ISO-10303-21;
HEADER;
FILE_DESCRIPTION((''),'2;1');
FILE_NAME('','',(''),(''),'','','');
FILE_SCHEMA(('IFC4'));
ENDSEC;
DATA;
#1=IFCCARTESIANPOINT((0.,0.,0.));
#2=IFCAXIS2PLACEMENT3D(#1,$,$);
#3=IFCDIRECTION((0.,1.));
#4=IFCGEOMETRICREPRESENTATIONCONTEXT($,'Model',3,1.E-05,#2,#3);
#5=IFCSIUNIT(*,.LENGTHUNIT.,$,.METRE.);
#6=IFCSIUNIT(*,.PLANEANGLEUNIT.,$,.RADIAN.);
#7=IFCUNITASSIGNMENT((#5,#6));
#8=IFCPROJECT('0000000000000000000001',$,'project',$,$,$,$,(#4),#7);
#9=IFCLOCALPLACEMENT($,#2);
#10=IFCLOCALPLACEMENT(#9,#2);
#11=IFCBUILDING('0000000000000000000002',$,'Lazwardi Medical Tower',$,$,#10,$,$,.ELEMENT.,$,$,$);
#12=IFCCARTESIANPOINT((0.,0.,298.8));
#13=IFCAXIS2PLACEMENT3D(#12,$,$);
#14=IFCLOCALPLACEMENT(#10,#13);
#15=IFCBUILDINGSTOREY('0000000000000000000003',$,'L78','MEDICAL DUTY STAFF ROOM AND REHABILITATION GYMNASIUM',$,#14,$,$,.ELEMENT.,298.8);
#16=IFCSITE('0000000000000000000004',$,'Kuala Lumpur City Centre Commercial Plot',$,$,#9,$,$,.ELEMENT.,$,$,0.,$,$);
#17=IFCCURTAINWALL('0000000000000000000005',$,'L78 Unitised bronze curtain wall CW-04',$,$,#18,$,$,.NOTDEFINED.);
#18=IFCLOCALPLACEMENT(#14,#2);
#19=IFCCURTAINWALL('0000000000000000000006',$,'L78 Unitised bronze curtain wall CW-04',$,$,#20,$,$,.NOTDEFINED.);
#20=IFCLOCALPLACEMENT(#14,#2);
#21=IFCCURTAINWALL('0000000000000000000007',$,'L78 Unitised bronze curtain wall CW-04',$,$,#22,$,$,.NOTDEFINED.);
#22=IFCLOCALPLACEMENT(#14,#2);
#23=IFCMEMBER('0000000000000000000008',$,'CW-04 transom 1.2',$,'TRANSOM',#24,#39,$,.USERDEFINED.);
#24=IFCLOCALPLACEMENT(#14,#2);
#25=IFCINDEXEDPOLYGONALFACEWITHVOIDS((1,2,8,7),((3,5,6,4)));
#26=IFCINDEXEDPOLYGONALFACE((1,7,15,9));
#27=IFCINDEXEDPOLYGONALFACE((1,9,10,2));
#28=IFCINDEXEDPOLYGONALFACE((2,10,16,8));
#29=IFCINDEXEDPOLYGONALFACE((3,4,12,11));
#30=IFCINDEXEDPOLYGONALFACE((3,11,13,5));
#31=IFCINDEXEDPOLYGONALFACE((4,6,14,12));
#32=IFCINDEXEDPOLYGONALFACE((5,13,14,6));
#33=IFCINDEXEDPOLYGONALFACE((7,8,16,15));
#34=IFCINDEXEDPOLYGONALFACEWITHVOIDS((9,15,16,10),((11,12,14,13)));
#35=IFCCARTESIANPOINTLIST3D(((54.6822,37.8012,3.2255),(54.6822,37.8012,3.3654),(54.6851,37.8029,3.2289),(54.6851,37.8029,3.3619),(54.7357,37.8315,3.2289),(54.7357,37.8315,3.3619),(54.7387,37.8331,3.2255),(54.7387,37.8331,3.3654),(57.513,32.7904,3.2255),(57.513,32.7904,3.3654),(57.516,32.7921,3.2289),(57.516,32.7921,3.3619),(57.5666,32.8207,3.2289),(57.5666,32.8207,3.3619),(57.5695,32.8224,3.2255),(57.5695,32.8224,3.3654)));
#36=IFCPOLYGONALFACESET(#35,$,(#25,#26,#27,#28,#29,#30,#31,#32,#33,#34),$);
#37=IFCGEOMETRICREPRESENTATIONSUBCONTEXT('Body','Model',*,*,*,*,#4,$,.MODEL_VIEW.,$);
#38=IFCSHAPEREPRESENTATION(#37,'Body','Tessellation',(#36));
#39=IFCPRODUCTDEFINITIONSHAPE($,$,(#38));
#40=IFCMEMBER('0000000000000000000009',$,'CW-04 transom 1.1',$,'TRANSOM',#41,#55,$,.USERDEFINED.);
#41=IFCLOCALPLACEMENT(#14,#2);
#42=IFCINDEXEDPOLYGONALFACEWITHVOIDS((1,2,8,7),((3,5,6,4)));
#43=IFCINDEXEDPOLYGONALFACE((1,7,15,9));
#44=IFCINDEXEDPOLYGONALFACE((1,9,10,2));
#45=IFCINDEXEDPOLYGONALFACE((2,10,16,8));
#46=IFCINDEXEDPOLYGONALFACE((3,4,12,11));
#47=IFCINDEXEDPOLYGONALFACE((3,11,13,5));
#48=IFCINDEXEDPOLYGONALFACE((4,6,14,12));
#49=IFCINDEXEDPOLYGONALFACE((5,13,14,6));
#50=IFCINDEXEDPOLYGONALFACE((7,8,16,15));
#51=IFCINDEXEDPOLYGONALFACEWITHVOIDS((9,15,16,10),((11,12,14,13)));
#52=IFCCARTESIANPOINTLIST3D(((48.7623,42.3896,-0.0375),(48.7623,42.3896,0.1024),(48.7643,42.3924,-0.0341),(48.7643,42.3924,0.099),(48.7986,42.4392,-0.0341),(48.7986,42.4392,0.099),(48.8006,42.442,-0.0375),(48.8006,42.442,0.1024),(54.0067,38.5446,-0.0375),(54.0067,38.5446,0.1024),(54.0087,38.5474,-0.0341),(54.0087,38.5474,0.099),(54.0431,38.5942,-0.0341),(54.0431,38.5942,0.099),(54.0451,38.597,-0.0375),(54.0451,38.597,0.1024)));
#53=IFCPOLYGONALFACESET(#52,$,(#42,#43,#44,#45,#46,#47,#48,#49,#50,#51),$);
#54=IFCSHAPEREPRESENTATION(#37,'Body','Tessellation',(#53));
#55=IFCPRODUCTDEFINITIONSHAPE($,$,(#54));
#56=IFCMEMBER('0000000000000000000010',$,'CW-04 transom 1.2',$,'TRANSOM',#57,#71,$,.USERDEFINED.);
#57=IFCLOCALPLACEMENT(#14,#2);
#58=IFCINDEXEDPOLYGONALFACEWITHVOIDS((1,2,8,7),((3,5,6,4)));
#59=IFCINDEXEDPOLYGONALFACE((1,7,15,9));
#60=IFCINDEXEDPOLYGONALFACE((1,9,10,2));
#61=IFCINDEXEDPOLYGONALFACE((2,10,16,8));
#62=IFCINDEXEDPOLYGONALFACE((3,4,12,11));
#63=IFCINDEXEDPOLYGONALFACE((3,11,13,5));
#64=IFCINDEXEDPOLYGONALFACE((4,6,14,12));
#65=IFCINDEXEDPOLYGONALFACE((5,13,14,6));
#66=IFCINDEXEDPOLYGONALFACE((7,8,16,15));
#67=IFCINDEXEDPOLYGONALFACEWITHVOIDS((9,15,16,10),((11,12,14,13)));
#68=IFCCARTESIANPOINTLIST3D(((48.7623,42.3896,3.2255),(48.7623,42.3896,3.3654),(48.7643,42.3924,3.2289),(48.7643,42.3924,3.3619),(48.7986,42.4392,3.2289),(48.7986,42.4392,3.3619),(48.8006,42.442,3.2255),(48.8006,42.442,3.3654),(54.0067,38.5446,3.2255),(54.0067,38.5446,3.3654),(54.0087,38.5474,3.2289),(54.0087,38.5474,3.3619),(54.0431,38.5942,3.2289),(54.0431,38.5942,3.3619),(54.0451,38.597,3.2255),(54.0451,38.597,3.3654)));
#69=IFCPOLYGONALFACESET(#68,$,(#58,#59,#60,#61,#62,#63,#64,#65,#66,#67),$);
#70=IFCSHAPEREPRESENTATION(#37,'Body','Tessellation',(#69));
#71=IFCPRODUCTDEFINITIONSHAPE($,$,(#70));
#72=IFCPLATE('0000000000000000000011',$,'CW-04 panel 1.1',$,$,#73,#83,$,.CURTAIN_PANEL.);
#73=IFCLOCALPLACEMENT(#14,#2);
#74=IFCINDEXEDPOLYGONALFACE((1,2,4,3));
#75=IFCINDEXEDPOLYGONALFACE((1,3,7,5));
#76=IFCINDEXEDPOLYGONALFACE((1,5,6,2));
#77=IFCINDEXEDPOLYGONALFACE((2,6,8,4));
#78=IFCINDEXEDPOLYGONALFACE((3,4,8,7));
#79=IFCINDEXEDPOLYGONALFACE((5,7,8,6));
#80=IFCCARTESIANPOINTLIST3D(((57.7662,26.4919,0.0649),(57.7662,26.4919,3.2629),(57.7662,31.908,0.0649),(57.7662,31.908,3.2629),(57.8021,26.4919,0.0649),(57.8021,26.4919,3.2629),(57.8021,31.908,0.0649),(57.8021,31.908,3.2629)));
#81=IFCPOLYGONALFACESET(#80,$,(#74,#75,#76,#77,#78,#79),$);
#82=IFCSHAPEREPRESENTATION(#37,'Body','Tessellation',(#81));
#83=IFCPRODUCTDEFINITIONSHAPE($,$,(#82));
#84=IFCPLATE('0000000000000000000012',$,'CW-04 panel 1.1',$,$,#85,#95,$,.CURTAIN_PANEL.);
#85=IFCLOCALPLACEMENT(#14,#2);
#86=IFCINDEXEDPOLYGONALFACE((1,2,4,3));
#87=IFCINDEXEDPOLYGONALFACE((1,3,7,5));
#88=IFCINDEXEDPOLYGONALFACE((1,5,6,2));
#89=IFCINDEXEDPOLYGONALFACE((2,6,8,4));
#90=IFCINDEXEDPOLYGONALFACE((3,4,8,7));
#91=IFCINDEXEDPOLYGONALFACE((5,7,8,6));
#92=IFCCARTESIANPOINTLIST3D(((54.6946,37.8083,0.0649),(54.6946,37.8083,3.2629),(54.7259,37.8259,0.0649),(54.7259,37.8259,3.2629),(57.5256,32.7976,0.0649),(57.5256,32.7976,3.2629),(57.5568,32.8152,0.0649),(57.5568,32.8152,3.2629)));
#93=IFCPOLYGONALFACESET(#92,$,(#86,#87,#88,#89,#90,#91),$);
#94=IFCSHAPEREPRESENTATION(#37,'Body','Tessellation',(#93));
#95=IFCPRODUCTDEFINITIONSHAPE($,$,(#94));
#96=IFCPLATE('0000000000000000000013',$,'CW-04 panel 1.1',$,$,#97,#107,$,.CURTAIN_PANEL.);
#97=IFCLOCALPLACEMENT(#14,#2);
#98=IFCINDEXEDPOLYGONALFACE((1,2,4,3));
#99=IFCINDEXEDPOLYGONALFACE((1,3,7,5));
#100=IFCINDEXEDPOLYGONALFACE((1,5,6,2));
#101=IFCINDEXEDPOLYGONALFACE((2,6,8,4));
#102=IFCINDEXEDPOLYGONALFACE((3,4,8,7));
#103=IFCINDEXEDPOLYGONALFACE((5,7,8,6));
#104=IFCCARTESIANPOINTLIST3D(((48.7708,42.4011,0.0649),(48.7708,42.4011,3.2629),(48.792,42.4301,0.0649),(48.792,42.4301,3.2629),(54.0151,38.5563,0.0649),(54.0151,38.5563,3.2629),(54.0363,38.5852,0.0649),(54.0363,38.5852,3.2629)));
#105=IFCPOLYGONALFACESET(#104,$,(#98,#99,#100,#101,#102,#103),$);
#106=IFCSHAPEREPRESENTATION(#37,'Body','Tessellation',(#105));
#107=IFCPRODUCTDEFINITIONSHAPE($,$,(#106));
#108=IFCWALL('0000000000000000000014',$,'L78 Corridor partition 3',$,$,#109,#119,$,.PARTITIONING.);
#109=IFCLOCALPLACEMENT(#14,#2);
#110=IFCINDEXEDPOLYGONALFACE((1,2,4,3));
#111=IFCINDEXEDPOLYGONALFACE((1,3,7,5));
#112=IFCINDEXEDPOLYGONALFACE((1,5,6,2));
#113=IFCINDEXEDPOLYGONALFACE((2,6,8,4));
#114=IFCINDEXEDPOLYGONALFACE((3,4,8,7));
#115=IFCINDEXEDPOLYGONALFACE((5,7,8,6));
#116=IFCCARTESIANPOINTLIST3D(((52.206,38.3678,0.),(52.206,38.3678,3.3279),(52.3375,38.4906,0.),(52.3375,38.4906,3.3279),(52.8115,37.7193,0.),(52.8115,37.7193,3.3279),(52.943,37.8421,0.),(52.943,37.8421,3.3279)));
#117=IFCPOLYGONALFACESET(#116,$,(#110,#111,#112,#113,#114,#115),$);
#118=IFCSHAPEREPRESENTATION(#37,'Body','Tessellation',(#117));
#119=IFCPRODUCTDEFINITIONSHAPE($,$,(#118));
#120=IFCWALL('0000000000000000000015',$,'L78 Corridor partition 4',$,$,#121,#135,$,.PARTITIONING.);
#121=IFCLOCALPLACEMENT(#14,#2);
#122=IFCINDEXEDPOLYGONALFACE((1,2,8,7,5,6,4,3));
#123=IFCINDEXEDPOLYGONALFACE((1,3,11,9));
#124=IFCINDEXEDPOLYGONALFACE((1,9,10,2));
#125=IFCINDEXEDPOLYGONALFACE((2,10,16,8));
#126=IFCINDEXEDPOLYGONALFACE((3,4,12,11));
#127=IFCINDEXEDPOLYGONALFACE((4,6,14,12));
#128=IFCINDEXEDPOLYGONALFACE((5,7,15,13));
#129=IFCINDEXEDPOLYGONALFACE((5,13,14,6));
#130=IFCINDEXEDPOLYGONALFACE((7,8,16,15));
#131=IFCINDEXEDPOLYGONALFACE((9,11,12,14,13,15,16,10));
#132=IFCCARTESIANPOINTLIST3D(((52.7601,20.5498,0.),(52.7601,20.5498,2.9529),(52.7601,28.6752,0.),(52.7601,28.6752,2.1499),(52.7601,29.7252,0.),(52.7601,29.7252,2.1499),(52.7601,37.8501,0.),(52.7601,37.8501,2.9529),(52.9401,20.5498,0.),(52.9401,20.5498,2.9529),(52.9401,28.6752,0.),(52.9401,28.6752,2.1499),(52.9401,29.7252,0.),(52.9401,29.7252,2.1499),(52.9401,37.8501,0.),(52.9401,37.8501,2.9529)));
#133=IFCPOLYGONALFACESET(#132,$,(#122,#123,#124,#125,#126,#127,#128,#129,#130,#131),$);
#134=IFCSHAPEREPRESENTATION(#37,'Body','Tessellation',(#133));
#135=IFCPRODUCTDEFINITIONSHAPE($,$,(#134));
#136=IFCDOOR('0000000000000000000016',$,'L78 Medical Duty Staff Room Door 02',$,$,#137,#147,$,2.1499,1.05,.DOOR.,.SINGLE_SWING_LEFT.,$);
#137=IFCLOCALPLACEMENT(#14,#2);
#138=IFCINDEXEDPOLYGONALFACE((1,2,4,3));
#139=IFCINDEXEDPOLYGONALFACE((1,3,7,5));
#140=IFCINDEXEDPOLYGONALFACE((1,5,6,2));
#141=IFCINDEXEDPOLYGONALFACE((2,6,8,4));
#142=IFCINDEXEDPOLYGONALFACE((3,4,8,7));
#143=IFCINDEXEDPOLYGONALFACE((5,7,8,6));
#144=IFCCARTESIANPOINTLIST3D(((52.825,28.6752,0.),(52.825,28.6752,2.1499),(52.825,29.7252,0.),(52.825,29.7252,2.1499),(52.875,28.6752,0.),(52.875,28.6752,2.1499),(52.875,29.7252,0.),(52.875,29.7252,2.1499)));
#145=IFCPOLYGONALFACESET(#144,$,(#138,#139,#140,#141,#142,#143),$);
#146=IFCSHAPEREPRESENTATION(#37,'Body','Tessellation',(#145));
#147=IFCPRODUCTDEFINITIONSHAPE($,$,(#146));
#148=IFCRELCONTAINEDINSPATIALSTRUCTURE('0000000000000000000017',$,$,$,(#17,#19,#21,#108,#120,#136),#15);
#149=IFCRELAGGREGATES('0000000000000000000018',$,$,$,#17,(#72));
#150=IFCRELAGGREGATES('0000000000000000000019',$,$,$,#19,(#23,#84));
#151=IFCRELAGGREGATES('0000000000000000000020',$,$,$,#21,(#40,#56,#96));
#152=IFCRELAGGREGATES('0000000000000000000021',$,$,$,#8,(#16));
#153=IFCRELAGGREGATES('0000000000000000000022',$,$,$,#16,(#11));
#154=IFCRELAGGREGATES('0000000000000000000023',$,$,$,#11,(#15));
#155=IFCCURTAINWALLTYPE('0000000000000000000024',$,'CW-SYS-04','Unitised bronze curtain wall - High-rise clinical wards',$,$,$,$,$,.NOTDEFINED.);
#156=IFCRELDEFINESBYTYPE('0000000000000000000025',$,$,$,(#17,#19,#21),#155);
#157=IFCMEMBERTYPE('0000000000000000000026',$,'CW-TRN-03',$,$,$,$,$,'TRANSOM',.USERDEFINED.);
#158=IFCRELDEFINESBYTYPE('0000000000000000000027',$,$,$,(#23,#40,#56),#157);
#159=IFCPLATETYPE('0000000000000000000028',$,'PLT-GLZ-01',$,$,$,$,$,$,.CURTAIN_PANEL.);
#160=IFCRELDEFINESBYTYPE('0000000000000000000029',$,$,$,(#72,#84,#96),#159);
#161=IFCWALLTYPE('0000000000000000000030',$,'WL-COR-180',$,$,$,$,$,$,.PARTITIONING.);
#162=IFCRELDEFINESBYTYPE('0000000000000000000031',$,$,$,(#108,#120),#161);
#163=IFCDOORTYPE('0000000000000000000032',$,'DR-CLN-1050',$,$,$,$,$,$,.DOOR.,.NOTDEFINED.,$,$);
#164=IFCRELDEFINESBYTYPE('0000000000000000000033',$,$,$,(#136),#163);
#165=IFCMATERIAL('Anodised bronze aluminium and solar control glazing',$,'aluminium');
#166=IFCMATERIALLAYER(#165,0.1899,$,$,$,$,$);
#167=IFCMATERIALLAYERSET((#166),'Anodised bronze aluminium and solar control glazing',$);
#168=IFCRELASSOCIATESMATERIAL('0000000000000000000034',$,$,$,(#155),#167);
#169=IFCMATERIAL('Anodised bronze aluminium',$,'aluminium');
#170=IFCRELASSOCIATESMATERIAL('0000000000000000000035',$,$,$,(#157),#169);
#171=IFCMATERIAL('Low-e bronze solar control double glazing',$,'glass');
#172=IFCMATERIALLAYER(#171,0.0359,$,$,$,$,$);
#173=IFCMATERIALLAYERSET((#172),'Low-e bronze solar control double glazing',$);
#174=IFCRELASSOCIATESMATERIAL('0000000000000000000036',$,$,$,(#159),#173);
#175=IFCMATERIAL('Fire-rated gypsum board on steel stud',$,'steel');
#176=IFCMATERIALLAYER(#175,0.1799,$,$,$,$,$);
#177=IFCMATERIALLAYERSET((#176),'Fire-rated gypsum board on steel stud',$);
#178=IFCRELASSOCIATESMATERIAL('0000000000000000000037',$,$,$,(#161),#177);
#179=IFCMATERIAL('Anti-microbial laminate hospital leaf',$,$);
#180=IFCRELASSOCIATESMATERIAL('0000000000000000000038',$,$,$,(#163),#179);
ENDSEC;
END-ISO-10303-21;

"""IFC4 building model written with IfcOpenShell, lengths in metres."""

from ifc_helpers import new_model, si_unit, direction, frame, frame_2d, origin, origin_2d, place, context, subcontext, project, spatial, rectangle, hollow_rectangle, extrude, material, layer, layer_set, material_profile, profile_set, type_object, element, fill, aggregate, save


model = new_model("IFC4")

# Units and contexts
model_context = context("Model", 3, precision=1e-05, world=origin(), true_north=direction((0.0, 1.0)))
body_context = subcontext(model_context, "Body", "Model", "MODEL_VIEW")
ifc_project = project(units=[si_unit("LENGTHUNIT", "METRE"), si_unit("PLANEANGLEUNIT", "RADIAN")], contexts=[model_context])

# Site, building, storey
site_placement = place(None, origin())
site = spatial("IfcSite", under=ifc_project, at=site_placement, Name="Kuala Lumpur City Centre Commercial Plot", CompositionType="ELEMENT", RefElevation=0.0)
building_placement = place(site_placement, origin())
building = spatial("IfcBuilding", under=site, at=building_placement, Name="Lazwardi Medical Tower", CompositionType="ELEMENT")
storey_placement = place(building_placement, frame((0.0, 0.0, 298.8)))
storey = spatial("IfcBuildingStorey", under=building, at=storey_placement, Name="L78", Description="MEDICAL DUTY STAFF ROOM AND REHABILITATION GYMNASIUM", CompositionType="ELEMENT", Elevation=298.8)

# Curtain wall
ifc_material_1 = material(Name="Anodised bronze aluminium and solar control glazing", Category="aluminium")
ifc_layer_1 = layer(ifc_material_1, 0.1899)
ifc_layer_set_1 = layer_set([ifc_layer_1], Name="Anodised bronze aluminium and solar control glazing")
curtain_wall_type = type_object("IfcCurtainWallType", Name="CW-SYS-04", Description="Unitised bronze curtain wall - High-rise clinical wards", PredefinedType="NOTDEFINED", material=ifc_layer_set_1)
curtain_wall_1_placement = place(storey_placement, origin())
curtain_wall_1 = element("IfcCurtainWall", 1, at=curtain_wall_1_placement, inside=storey, type_object=curtain_wall_type, Name="L78 Unitised bronze curtain wall CW-04", PredefinedType="NOTDEFINED")
ifc_material_2 = material(Name="Anodised bronze aluminium", Category="aluminium")

# Curtain walls
curtain_wall_2_placement = place(storey_placement, origin())
curtain_wall_2 = element("IfcCurtainWall", 2, at=curtain_wall_2_placement, inside=storey, type_object=curtain_wall_type, Name="L78 Unitised bronze curtain wall CW-04", PredefinedType="NOTDEFINED")
curtain_wall_3_placement = place(storey_placement, origin())
curtain_wall_3 = element("IfcCurtainWall", 3, at=curtain_wall_3_placement, inside=storey, type_object=curtain_wall_type, Name="L78 Unitised bronze curtain wall CW-04", PredefinedType="NOTDEFINED")

# Members
ifc_material_profile_1 = material_profile(ifc_material_2, hollow_rectangle(XDim=0.0649, YDim=0.1399, WallThickness=0.0034, at=origin_2d()), Name="ALU-TRANSOM 140x65x3.5")
ifc_profile_set_1 = profile_set([ifc_material_profile_1], Name="Anodised bronze aluminium")
member_type_1 = type_object("IfcMemberType", Name="CW-TRN-03", ElementType="TRANSOM", PredefinedType="USERDEFINED", material=ifc_profile_set_1)
member_1_placement = place(storey_placement, frame((57.5413, 32.8064, 3.2954), z_axis=(-0.49188, 0.870663, 0.0), x_axis=(-0.870663, -0.49188, 0.0)))
member_1 = element("IfcMember", 4, at=member_1_placement, type_object=member_type_1, Name="CW-04 transom 1.2", ObjectType="TRANSOM", PredefinedType="USERDEFINED", context=body_context, shape_type="SweptSolid", body=[
    extrude(hollow_rectangle(XDim=0.0649, YDim=0.1399, WallThickness=0.0034, at=origin_2d()), origin(), (0.0, 0.0, 1.0), 5.7551),
])
member_2_placement = place(storey_placement, frame((54.0259, 38.5708, 0.0325), z_axis=(-0.806472, 0.591273, 0.0), x_axis=(-0.591273, -0.806472, 0.0)))
member_2 = element("IfcMember", 5, at=member_2_placement, type_object=member_type_1, Name="CW-04 transom 1.1", ObjectType="TRANSOM", PredefinedType="USERDEFINED", context=body_context, shape_type="SweptSolid", body=[
    extrude(hollow_rectangle(XDim=0.0649, YDim=0.1399, WallThickness=0.0034, at=origin_2d()), origin(), (0.0, 0.0, 1.0), 6.5029),
])
member_3_placement = place(storey_placement, frame((54.0259, 38.5708, 3.2954), z_axis=(-0.806472, 0.591273, 0.0), x_axis=(-0.591273, -0.806472, 0.0)))
member_3 = element("IfcMember", 6, at=member_3_placement, type_object=member_type_1, Name="CW-04 transom 1.2", ObjectType="TRANSOM", PredefinedType="USERDEFINED", context=body_context, shape_type="SweptSolid", body=[
    extrude(hollow_rectangle(XDim=0.0649, YDim=0.1399, WallThickness=0.0034, at=origin_2d()), origin(), (0.0, 0.0, 1.0), 6.5029),
])

# Plates
ifc_material_3 = material(Name="Low-e bronze solar control double glazing", Category="glass")
ifc_layer_2 = layer(ifc_material_3, 0.0359)
ifc_layer_set_2 = layer_set([ifc_layer_2], Name="Low-e bronze solar control double glazing")
plate_type = type_object("IfcPlateType", Name="PLT-GLZ-01", PredefinedType="CURTAIN_PANEL", material=ifc_layer_set_2)
plate_1_placement = place(storey_placement, frame((57.7842, 29.2, 0.0649), z_axis=(0.0, 0.0, 1.0), x_axis=(0.0, 1.0, 0.0)))
plate_1 = element("IfcPlate", 7, at=plate_1_placement, type_object=plate_type, Name="CW-04 panel 1.1", PredefinedType="CURTAIN_PANEL", context=body_context, shape_type="SweptSolid", body=[
    extrude(rectangle(XDim=5.416, YDim=0.0359, at=origin_2d()), origin(), (0.0, 0.0, 1.0), 3.198),
])
aggregate(curtain_wall_1, [plate_1])
plate_2_placement = place(storey_placement, frame((56.1257, 35.3118, 0.0649), z_axis=(0.0, 0.0, 1.0), x_axis=(-0.4919, 0.870651, 0.0)))
plate_2 = element("IfcPlate", 8, at=plate_2_placement, type_object=plate_type, Name="CW-04 panel 1.1", PredefinedType="CURTAIN_PANEL", context=body_context, shape_type="SweptSolid", body=[
    extrude(rectangle(XDim=5.7551, YDim=0.0359, at=origin_2d()), origin(), (0.0, 0.0, 1.0), 3.198),
])
aggregate(curtain_wall_2, [member_1, plate_2])
plate_3_placement = place(storey_placement, frame((51.4036, 40.4932, 0.0649), z_axis=(0.0, 0.0, 1.0), x_axis=(-0.806475, 0.591268, 0.0)))
plate_3 = element("IfcPlate", 9, at=plate_3_placement, type_object=plate_type, Name="CW-04 panel 1.1", PredefinedType="CURTAIN_PANEL", context=body_context, shape_type="SweptSolid", body=[
    extrude(rectangle(XDim=6.5027, YDim=0.0359, at=origin_2d()), origin(), (0.0, 0.0, 1.0), 3.198),
])
aggregate(curtain_wall_3, [member_2, member_3, plate_3])

# Wall
ifc_material_4 = material(Name="Fire-rated gypsum board on steel stud", Category="steel")
ifc_layer_3 = layer(ifc_material_4, 0.1799)
ifc_layer_set_3 = layer_set([ifc_layer_3], Name="Fire-rated gypsum board on steel stud")
wall_type_1 = type_object("IfcWallType", Name="WL-COR-180", PredefinedType="PARTITIONING", material=ifc_layer_set_3)
wall_1_placement = place(storey_placement, frame((52.2717, 38.4292, 0.0), z_axis=(0.0, 0.0, 1.0), x_axis=(0.682475, -0.730909, 0.0)))
element("IfcWall", 10, at=wall_1_placement, inside=storey, type_object=wall_type_1, Name="L78 Corridor partition 3", PredefinedType="PARTITIONING", context=body_context, shape_type="SweptSolid", body=[
    extrude(rectangle(XDim=0.8872, YDim=0.1799, at=frame_2d((0.4436, 0.0))), origin(), (0.0, 0.0, 1.0), 3.3279),
])

# Wall, opening, door
wall_2_placement = place(storey_placement, frame((52.8501, 37.8501, 0.0), z_axis=(0.0, 0.0, 1.0), x_axis=(0.0, -1.0, 0.0)))
wall_2 = element("IfcWall", 11, at=wall_2_placement, inside=storey, type_object=wall_type_1, Name="L78 Corridor partition 4", PredefinedType="PARTITIONING", context=body_context, shape_type="SweptSolid", body=[
    extrude(rectangle(XDim=17.3003, YDim=0.1799, at=frame_2d((8.6501, 0.0))), origin(), (0.0, 0.0, 1.0), 2.9529),
])
opening_1_placement = place(wall_2_placement, frame((8.125, 0.0, 0.0)))
opening_1 = element("IfcOpeningElement", 12, at=opening_1_placement, cuts=wall_2, PredefinedType="OPENING", context=body_context, shape_type="SweptSolid", body=[
    extrude(rectangle(XDim=1.05, YDim=2.1499, at=frame_2d((0.5249, 1.075))), frame((0.0, 0.0999, 0.0), z_axis=(0.0, -1.0, 0.0), x_axis=(1.0, 0.0, 0.0)), (0.0, 0.0, 1.0), 0.2),
])
ifc_material_5 = material(Name="Anti-microbial laminate hospital leaf")
door_type_1 = type_object("IfcDoorType", Name="DR-CLN-1050", OperationType="NOTDEFINED", PredefinedType="DOOR", material=ifc_material_5)
door_1_placement = place(opening_1_placement, origin())
door_1 = element("IfcDoor", 13, at=door_1_placement, inside=storey, type_object=door_type_1, Name="L78 Medical Duty Staff Room Door 02", OperationType="SINGLE_SWING_LEFT", OverallHeight=2.1499, OverallWidth=1.05, PredefinedType="DOOR", context=body_context, shape_type="SweptSolid", body=[
    extrude(rectangle(XDim=1.05, YDim=2.1499, at=frame_2d((0.5249, 1.075))), frame((0.0, 0.0249, 0.0), z_axis=(0.0, -1.0, 0.0), x_axis=(1.0, 0.0, 0.0)), (0.0, 0.0, 1.0), 0.05),
])
fill(opening_1, door_1)

save(model, "model.ifc")
